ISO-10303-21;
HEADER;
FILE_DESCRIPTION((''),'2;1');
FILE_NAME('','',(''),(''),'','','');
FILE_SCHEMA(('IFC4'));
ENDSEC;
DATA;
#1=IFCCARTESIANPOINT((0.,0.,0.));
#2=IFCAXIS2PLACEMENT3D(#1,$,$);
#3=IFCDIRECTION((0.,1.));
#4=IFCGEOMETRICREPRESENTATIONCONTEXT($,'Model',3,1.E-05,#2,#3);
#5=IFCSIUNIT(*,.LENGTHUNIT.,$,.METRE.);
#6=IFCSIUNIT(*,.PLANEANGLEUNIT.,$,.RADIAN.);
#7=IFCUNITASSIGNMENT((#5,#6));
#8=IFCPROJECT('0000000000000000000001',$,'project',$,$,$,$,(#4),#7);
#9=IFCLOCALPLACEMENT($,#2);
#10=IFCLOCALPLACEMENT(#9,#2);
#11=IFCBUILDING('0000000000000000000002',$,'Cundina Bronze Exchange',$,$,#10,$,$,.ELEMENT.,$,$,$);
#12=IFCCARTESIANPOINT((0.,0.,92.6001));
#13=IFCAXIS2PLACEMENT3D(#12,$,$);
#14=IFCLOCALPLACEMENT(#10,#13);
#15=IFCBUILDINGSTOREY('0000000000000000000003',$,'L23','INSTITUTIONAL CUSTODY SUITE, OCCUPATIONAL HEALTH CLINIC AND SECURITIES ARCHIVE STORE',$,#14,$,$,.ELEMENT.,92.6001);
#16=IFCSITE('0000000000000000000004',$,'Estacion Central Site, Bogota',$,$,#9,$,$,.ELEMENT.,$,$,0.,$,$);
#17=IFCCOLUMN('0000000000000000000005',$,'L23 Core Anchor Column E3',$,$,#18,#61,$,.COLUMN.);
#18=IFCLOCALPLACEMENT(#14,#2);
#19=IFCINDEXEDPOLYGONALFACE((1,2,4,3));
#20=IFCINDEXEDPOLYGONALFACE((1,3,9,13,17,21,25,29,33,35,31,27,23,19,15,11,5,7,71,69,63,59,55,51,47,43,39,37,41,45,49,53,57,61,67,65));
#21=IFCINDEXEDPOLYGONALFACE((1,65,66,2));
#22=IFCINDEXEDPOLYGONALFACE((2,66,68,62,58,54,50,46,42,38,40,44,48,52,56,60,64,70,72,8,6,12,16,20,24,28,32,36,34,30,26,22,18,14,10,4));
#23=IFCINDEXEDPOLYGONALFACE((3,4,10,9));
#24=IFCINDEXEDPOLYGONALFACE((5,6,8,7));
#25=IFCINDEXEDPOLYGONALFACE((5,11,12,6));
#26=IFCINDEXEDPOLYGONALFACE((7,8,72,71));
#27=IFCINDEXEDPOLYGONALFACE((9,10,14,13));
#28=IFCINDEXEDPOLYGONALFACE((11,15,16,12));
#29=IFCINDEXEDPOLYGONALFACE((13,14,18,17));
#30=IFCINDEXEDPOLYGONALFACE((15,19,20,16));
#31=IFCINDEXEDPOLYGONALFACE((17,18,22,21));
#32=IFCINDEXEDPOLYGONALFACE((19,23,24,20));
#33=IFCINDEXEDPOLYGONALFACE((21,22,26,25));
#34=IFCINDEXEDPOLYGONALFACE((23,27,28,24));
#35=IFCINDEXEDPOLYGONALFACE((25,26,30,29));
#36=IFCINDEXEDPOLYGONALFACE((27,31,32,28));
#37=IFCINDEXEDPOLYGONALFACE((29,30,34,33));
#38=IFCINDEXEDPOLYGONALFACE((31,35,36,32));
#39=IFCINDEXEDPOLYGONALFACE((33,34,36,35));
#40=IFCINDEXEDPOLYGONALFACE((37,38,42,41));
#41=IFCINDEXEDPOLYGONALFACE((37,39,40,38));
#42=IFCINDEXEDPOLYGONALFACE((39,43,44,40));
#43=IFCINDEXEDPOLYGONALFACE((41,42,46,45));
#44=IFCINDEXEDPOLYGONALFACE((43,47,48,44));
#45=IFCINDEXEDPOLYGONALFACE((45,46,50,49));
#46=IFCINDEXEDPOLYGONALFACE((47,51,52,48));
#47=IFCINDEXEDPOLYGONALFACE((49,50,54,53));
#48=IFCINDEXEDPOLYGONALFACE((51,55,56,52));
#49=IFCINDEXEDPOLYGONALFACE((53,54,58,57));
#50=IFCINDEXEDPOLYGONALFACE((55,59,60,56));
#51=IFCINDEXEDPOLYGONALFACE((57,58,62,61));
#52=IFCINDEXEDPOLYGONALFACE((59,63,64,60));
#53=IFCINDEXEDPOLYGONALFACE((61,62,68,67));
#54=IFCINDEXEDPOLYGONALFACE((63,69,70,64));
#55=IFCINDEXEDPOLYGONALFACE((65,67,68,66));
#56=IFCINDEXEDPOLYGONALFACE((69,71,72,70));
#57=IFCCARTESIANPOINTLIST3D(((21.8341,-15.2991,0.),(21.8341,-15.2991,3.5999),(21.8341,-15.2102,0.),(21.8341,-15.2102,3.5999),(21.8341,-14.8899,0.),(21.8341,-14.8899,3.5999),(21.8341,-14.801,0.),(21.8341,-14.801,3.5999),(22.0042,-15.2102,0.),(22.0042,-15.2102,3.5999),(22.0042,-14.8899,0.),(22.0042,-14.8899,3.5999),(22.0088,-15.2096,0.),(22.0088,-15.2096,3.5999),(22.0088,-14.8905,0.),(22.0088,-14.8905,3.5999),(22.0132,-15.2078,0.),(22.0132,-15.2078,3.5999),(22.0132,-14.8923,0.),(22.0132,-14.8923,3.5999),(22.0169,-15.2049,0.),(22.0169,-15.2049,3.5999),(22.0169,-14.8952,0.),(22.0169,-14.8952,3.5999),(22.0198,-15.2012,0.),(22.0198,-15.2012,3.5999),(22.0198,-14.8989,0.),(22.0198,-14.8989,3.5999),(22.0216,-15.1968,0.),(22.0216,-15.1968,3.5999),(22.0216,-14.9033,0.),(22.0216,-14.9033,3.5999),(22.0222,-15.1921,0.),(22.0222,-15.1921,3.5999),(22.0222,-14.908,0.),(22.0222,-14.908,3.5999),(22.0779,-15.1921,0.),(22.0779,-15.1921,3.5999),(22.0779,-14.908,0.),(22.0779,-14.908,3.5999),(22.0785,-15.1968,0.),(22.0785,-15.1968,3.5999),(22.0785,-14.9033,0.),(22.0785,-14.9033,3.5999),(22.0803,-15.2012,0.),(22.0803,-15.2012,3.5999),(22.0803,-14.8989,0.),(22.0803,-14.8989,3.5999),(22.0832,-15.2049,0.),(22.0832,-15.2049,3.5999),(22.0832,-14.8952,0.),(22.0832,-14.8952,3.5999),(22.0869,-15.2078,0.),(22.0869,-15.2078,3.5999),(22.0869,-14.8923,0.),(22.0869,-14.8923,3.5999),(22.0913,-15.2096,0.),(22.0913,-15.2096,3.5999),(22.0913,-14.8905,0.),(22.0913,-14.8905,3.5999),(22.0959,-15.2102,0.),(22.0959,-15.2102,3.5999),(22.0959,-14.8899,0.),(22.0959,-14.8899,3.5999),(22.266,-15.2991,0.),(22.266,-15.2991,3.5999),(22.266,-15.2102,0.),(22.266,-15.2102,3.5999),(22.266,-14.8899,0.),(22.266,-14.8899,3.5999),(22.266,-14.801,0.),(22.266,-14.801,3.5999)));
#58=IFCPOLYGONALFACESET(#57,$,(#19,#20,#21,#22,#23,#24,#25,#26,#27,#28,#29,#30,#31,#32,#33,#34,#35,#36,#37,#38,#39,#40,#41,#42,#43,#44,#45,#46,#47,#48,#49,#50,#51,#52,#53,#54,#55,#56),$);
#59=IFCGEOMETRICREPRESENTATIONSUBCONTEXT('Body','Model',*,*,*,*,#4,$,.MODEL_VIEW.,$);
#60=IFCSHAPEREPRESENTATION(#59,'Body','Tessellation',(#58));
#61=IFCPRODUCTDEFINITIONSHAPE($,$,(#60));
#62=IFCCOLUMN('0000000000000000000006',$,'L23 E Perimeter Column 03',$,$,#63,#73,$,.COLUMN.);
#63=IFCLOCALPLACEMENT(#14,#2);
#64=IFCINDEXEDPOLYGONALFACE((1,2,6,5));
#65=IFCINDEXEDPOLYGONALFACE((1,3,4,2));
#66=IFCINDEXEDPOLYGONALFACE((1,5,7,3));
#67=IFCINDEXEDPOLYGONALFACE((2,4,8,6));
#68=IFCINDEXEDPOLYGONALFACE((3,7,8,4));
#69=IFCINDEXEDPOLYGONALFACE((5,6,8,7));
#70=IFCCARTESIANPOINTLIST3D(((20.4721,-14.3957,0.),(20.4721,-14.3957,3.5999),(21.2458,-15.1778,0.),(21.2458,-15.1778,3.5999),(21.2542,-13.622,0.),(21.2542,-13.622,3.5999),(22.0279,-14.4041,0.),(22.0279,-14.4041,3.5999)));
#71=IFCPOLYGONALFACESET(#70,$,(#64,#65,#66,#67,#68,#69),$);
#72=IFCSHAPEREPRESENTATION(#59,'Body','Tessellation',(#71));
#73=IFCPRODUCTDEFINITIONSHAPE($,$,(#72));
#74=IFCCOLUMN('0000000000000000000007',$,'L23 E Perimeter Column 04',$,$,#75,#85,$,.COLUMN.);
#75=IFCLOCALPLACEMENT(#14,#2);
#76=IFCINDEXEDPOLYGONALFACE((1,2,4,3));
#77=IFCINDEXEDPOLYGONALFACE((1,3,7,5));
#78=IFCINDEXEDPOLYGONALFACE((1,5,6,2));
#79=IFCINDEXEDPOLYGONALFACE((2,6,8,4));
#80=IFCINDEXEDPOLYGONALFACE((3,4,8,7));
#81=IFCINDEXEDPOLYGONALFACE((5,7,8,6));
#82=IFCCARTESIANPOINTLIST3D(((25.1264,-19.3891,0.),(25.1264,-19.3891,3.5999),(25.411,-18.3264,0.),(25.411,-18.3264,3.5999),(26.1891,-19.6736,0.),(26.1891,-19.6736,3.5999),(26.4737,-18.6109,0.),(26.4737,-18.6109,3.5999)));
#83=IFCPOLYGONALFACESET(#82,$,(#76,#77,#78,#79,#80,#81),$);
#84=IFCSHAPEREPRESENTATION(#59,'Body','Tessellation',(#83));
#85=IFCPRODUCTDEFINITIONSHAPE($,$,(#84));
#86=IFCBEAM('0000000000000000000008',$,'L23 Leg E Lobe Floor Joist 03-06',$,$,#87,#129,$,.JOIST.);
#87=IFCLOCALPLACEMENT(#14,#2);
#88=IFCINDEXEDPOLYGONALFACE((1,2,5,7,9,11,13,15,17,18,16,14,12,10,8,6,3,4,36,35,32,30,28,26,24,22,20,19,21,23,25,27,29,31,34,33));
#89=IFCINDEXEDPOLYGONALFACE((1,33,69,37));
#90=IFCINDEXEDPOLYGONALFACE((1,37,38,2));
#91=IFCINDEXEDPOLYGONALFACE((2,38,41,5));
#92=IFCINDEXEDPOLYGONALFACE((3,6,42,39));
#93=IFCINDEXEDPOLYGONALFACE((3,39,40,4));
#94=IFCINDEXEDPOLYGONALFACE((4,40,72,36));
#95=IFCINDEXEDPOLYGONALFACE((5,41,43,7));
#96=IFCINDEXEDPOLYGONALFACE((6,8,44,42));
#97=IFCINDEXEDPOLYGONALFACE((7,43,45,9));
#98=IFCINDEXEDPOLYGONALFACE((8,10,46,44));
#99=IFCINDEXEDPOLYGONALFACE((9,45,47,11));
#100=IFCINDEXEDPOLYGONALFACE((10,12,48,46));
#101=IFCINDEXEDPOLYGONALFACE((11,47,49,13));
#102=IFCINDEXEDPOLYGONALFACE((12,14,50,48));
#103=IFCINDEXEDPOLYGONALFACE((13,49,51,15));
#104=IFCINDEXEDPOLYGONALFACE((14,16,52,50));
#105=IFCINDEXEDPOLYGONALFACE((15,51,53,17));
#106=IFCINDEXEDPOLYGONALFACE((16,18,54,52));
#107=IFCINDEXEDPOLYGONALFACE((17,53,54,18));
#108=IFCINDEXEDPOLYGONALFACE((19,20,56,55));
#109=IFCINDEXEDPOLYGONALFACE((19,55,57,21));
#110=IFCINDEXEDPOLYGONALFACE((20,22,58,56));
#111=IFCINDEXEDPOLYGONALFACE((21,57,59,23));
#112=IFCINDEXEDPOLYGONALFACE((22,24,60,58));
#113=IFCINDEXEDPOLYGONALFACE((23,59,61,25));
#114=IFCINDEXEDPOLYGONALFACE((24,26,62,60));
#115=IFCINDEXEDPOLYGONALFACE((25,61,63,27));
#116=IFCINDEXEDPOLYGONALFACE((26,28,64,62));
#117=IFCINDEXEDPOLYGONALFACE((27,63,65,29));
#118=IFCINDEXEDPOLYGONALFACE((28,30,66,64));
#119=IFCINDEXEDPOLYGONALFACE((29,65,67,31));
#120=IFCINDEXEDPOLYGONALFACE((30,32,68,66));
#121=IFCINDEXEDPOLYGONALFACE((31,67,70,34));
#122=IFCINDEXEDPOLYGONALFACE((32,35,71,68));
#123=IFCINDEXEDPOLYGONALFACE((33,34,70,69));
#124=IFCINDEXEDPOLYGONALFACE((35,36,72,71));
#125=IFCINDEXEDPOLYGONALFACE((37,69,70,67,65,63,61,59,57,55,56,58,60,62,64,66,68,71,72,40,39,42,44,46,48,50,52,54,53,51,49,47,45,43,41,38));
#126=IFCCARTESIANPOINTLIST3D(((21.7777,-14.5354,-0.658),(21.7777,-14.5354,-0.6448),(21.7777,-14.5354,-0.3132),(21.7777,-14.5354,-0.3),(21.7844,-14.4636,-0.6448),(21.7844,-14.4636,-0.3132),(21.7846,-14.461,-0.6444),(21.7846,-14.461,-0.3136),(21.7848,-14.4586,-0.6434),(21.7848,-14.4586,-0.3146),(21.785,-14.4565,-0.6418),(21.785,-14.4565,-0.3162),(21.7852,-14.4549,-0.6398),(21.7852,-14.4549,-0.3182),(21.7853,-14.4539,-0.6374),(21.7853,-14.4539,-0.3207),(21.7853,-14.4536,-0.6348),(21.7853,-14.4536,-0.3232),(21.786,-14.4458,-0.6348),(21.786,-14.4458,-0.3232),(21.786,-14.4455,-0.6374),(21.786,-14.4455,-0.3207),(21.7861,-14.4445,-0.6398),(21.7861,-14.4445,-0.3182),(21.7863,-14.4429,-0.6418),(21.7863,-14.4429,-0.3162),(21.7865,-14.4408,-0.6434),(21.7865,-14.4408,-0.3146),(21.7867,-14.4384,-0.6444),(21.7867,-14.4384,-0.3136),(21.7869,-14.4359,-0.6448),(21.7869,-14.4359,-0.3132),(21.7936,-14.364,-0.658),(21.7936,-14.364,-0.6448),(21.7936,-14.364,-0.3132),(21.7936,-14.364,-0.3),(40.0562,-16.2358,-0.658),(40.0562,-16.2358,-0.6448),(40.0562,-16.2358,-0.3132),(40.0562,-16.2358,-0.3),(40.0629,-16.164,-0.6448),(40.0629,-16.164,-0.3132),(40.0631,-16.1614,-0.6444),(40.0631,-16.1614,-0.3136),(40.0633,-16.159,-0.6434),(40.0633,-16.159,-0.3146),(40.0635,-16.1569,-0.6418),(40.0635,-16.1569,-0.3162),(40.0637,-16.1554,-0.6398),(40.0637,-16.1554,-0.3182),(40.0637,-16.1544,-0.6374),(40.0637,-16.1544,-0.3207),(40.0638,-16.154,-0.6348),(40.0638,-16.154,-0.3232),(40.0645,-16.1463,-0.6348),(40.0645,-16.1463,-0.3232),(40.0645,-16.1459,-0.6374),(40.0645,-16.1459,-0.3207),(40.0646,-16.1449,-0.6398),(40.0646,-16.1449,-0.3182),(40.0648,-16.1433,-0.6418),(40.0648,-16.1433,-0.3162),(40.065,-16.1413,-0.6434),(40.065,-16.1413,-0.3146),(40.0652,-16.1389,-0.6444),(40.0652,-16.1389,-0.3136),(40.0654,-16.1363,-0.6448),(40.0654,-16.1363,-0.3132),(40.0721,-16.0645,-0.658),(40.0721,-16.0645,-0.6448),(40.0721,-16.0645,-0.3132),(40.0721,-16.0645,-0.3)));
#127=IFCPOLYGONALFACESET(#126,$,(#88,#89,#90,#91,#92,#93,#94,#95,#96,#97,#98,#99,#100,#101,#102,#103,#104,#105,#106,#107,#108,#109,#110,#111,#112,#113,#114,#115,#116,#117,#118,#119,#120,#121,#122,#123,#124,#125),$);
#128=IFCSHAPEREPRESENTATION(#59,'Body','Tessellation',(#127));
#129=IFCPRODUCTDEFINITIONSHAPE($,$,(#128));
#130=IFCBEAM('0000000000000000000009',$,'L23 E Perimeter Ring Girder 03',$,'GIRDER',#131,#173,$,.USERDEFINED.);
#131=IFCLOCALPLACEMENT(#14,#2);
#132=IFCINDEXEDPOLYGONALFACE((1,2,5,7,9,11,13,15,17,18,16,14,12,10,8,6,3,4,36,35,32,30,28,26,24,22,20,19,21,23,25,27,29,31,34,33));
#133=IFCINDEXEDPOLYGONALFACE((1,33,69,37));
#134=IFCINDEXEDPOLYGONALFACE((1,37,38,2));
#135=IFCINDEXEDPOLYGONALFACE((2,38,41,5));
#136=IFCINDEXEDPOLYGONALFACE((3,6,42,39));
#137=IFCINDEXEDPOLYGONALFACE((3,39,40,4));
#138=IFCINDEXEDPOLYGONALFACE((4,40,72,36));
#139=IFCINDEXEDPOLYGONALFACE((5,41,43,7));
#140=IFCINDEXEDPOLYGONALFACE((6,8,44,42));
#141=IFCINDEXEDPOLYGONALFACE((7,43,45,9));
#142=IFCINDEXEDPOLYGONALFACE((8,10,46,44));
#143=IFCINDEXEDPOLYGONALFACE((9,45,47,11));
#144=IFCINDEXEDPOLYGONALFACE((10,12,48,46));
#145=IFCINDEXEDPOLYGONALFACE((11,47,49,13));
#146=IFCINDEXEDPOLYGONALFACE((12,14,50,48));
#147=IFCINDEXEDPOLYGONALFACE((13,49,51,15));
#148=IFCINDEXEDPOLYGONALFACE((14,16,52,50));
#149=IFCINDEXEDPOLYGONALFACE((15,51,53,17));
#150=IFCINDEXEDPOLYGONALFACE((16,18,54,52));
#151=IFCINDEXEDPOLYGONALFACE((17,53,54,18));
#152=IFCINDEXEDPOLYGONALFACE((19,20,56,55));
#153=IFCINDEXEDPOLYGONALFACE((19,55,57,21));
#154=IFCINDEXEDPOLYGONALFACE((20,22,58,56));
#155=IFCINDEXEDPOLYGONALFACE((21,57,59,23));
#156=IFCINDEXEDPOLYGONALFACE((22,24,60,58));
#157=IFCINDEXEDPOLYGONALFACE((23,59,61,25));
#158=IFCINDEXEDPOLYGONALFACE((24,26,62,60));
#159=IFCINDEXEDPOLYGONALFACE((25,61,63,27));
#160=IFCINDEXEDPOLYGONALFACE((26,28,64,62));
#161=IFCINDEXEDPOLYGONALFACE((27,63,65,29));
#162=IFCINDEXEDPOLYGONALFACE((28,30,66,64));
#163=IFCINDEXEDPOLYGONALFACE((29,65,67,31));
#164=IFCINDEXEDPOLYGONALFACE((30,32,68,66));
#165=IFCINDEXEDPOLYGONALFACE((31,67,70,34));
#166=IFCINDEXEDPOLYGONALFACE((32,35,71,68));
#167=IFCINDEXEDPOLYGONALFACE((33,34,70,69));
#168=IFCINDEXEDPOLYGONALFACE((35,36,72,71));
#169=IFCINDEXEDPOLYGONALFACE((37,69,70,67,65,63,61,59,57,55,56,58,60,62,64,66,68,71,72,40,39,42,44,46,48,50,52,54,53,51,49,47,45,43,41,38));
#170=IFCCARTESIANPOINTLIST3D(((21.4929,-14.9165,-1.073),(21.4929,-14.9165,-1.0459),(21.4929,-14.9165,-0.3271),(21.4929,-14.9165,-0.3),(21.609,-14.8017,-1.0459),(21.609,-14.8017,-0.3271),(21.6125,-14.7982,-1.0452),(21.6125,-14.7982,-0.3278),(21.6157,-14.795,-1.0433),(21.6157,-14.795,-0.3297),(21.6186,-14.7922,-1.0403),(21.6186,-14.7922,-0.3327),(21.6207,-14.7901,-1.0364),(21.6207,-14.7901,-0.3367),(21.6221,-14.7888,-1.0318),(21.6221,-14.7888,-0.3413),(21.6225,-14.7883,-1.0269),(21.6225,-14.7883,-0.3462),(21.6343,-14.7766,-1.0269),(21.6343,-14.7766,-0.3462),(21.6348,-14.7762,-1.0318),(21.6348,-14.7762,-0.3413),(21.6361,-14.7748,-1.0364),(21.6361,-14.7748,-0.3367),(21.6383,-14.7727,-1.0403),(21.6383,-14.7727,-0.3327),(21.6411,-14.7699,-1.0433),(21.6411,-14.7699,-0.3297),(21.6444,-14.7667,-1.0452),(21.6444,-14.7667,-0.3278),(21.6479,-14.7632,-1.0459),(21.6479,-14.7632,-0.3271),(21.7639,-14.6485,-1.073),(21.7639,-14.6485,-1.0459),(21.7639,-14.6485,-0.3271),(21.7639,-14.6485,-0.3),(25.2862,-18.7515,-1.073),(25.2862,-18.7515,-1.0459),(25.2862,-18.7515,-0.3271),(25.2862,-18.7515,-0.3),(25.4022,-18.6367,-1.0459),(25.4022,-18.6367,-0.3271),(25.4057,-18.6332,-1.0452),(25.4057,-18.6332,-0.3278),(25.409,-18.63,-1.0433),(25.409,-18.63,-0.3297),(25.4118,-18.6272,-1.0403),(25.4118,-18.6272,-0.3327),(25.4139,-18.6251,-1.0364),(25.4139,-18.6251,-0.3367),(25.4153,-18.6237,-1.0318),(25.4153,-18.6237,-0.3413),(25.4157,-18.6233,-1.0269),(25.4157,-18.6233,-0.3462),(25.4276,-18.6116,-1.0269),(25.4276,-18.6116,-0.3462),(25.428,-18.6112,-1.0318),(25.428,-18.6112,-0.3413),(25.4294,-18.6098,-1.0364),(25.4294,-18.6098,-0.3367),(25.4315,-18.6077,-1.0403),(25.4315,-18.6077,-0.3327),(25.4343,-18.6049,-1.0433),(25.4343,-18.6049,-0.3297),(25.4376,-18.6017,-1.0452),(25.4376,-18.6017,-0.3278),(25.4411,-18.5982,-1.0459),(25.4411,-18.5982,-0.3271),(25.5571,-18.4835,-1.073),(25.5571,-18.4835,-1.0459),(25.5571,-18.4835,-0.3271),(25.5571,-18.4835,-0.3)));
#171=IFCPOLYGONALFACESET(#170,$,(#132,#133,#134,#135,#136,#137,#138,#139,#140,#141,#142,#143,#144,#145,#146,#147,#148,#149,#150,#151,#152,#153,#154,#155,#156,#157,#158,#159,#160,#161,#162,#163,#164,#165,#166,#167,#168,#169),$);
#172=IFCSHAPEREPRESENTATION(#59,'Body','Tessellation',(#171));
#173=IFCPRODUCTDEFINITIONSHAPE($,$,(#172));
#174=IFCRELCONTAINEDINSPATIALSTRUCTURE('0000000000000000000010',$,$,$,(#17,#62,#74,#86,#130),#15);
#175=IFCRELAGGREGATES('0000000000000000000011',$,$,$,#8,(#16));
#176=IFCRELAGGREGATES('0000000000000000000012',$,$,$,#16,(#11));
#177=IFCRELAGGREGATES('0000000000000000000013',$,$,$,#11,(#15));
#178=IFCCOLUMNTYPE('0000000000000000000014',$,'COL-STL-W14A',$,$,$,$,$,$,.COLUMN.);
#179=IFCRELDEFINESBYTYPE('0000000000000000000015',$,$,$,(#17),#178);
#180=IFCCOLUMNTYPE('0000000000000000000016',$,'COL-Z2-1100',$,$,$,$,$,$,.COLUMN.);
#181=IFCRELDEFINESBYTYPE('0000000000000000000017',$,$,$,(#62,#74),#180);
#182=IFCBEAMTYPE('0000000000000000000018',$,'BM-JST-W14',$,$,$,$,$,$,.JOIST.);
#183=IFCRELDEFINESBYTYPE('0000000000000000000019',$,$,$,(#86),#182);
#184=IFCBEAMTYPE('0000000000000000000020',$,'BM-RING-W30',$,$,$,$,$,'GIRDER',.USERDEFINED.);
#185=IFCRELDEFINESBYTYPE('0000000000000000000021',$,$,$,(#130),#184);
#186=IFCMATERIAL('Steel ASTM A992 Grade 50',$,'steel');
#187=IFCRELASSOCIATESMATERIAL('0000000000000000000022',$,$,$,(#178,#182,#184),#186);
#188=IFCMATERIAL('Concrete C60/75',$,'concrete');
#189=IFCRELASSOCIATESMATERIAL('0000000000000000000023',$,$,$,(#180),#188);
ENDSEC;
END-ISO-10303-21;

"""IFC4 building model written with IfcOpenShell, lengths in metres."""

from ifc_helpers import new_model, si_unit, direction, frame, origin, origin_2d, place, context, subcontext, project, spatial, rectangle, i_section, extrude, material, material_profile, profile_set, type_object, element, save


model = new_model("IFC4")

# Units and contexts
model_context = context("Model", 3, precision=1e-05, world=origin(), true_north=direction((0.0, 1.0)))
body_context = subcontext(model_context, "Body", "Model", "MODEL_VIEW")
ifc_project = project(units=[si_unit("LENGTHUNIT", "METRE"), si_unit("PLANEANGLEUNIT", "RADIAN")], contexts=[model_context])

# Site, building, storey
site_placement = place(None, origin())
site = spatial("IfcSite", under=ifc_project, at=site_placement, Name="Estacion Central Site, Bogota", CompositionType="ELEMENT", RefElevation=0.0)
building_placement = place(site_placement, origin())
building = spatial("IfcBuilding", under=site, at=building_placement, Name="Cundina Bronze Exchange", CompositionType="ELEMENT")
storey_placement = place(building_placement, frame((0.0, 0.0, 92.6001)))
storey = spatial("IfcBuildingStorey", under=building, at=storey_placement, Name="L23", Description="INSTITUTIONAL CUSTODY SUITE, OCCUPATIONAL HEALTH CLINIC AND SECURITIES ARCHIVE STORE", CompositionType="ELEMENT", Elevation=92.6001)

# Columns
ifc_material_1 = material(Name="Steel ASTM A992 Grade 50", Category="steel")
ifc_material_profile_1 = material_profile(ifc_material_1, i_section(OverallWidth=0.4319, OverallDepth=0.498, WebThickness=0.0557, FlangeThickness=0.0889, FilletRadius=0.0181, at=origin_2d()), Name="W14X500", Category="steel")
ifc_profile_set_1 = profile_set([ifc_material_profile_1], Name="Steel ASTM A992 Grade 50")
column_type_1 = type_object("IfcColumnType", Name="COL-STL-W14A", PredefinedType="COLUMN", material=ifc_profile_set_1)
column_placement = place(storey_placement, frame((22.05, -15.05, 0.0), z_axis=(0.0, 0.0, 1.0), x_axis=(1.0, 0.0, 0.0)))
element("IfcColumn", 1, at=column_placement, inside=storey, type_object=column_type_1, Name="L23 Core Anchor Column E3", PredefinedType="COLUMN", context=body_context, shape_type="SweptSolid", body=[
    extrude(i_section(OverallWidth=0.4319, OverallDepth=0.498, WebThickness=0.0557, FlangeThickness=0.0889, FilletRadius=0.0181, at=origin_2d()), origin(), (0.0, 0.0, 1.0), 3.5999),
])
ifc_material_2 = material(Name="Concrete C60/75", Category="concrete")
ifc_material_profile_2 = material_profile(ifc_material_2, rectangle(XDim=1.1001, YDim=1.1001, at=origin_2d()), Name="RC1100X1100", Category="concrete")
ifc_profile_set_2 = profile_set([ifc_material_profile_2], Name="Concrete C60/75")
column_type_2 = type_object("IfcColumnType", Name="COL-Z2-1100", PredefinedType="COLUMN", material=ifc_profile_set_2)
for number, where, z_axis, x_axis, name in (
    (2, (21.25, -14.3999, 0.0), (0.0, 0.0, 1.0), (0.703271, -0.710922, 0.0), "L23 E Perimeter Column 03"),
    (3, (25.8, -19.0, 0.0), (0.0, 0.0, 1.0), (0.965971, -0.25865, 0.0), "L23 E Perimeter Column 04"),
):
    element("IfcColumn", number, at=place(storey_placement, frame(where, z_axis=z_axis, x_axis=x_axis)), inside=storey, type_object=column_type_2, Name=name, PredefinedType="COLUMN", context=body_context, shape_type="SweptSolid", body=[
        extrude(rectangle(XDim=1.1001, YDim=1.1001, at=origin_2d()), origin(), (0.0, 0.0, 1.0), 3.5999),
    ])

# Beams
ifc_material_profile_3 = material_profile(ifc_material_1, i_section(OverallWidth=0.1721, OverallDepth=0.3579, WebThickness=0.0078, FlangeThickness=0.0132, FilletRadius=0.01, at=origin_2d()), Name="W14X38", Category="steel")
ifc_profile_set_3 = profile_set([ifc_material_profile_3], Name="Steel ASTM A992 Grade 50")
beam_type_1 = type_object("IfcBeamType", Name="BM-JST-W14", PredefinedType="JOIST", material=ifc_profile_set_3)
beam_1_placement = place(storey_placement, frame((21.7856, -14.4497, -0.479), z_axis=(0.995701, -0.092629, 0.0), x_axis=(0.092629, 0.995701, 0.0)))
element("IfcBeam", 4, at=beam_1_placement, inside=storey, type_object=beam_type_1, Name="L23 Leg E Lobe Floor Joist 03-06", PredefinedType="JOIST", context=body_context, shape_type="SweptSolid", body=[
    extrude(i_section(OverallWidth=0.1721, OverallDepth=0.3579, WebThickness=0.0078, FlangeThickness=0.0132, FilletRadius=0.01, at=origin_2d()), origin(), (0.0, 0.0, 1.0), 18.3574),
])
ifc_material_profile_4 = material_profile(ifc_material_1, i_section(OverallWidth=0.3811, OverallDepth=0.7729, WebThickness=0.0166, FlangeThickness=0.0271, FilletRadius=0.019, at=origin_2d()), Name="W30X173", Category="steel")
ifc_profile_set_4 = profile_set([ifc_material_profile_4], Name="Steel ASTM A992 Grade 50")
beam_type_2 = type_object("IfcBeamType", Name="BM-RING-W30", ElementType="GIRDER", PredefinedType="USERDEFINED", material=ifc_profile_set_4)
beam_2_placement = place(storey_placement, frame((21.6284, -14.7825, -0.6865), z_axis=(0.703226, -0.710966, 0.0), x_axis=(0.710966, 0.703226, 0.0)))
element("IfcBeam", 5, at=beam_2_placement, inside=storey, type_object=beam_type_2, Name="L23 E Perimeter Ring Girder 03", ObjectType="GIRDER", PredefinedType="USERDEFINED", context=body_context, shape_type="SweptSolid", body=[
    extrude(i_section(OverallWidth=0.3811, OverallDepth=0.7729, WebThickness=0.0166, FlangeThickness=0.0271, FilletRadius=0.019, at=origin_2d()), origin(), (0.0, 0.0, 1.0), 5.394),
])

save(model, "model.ifc")
